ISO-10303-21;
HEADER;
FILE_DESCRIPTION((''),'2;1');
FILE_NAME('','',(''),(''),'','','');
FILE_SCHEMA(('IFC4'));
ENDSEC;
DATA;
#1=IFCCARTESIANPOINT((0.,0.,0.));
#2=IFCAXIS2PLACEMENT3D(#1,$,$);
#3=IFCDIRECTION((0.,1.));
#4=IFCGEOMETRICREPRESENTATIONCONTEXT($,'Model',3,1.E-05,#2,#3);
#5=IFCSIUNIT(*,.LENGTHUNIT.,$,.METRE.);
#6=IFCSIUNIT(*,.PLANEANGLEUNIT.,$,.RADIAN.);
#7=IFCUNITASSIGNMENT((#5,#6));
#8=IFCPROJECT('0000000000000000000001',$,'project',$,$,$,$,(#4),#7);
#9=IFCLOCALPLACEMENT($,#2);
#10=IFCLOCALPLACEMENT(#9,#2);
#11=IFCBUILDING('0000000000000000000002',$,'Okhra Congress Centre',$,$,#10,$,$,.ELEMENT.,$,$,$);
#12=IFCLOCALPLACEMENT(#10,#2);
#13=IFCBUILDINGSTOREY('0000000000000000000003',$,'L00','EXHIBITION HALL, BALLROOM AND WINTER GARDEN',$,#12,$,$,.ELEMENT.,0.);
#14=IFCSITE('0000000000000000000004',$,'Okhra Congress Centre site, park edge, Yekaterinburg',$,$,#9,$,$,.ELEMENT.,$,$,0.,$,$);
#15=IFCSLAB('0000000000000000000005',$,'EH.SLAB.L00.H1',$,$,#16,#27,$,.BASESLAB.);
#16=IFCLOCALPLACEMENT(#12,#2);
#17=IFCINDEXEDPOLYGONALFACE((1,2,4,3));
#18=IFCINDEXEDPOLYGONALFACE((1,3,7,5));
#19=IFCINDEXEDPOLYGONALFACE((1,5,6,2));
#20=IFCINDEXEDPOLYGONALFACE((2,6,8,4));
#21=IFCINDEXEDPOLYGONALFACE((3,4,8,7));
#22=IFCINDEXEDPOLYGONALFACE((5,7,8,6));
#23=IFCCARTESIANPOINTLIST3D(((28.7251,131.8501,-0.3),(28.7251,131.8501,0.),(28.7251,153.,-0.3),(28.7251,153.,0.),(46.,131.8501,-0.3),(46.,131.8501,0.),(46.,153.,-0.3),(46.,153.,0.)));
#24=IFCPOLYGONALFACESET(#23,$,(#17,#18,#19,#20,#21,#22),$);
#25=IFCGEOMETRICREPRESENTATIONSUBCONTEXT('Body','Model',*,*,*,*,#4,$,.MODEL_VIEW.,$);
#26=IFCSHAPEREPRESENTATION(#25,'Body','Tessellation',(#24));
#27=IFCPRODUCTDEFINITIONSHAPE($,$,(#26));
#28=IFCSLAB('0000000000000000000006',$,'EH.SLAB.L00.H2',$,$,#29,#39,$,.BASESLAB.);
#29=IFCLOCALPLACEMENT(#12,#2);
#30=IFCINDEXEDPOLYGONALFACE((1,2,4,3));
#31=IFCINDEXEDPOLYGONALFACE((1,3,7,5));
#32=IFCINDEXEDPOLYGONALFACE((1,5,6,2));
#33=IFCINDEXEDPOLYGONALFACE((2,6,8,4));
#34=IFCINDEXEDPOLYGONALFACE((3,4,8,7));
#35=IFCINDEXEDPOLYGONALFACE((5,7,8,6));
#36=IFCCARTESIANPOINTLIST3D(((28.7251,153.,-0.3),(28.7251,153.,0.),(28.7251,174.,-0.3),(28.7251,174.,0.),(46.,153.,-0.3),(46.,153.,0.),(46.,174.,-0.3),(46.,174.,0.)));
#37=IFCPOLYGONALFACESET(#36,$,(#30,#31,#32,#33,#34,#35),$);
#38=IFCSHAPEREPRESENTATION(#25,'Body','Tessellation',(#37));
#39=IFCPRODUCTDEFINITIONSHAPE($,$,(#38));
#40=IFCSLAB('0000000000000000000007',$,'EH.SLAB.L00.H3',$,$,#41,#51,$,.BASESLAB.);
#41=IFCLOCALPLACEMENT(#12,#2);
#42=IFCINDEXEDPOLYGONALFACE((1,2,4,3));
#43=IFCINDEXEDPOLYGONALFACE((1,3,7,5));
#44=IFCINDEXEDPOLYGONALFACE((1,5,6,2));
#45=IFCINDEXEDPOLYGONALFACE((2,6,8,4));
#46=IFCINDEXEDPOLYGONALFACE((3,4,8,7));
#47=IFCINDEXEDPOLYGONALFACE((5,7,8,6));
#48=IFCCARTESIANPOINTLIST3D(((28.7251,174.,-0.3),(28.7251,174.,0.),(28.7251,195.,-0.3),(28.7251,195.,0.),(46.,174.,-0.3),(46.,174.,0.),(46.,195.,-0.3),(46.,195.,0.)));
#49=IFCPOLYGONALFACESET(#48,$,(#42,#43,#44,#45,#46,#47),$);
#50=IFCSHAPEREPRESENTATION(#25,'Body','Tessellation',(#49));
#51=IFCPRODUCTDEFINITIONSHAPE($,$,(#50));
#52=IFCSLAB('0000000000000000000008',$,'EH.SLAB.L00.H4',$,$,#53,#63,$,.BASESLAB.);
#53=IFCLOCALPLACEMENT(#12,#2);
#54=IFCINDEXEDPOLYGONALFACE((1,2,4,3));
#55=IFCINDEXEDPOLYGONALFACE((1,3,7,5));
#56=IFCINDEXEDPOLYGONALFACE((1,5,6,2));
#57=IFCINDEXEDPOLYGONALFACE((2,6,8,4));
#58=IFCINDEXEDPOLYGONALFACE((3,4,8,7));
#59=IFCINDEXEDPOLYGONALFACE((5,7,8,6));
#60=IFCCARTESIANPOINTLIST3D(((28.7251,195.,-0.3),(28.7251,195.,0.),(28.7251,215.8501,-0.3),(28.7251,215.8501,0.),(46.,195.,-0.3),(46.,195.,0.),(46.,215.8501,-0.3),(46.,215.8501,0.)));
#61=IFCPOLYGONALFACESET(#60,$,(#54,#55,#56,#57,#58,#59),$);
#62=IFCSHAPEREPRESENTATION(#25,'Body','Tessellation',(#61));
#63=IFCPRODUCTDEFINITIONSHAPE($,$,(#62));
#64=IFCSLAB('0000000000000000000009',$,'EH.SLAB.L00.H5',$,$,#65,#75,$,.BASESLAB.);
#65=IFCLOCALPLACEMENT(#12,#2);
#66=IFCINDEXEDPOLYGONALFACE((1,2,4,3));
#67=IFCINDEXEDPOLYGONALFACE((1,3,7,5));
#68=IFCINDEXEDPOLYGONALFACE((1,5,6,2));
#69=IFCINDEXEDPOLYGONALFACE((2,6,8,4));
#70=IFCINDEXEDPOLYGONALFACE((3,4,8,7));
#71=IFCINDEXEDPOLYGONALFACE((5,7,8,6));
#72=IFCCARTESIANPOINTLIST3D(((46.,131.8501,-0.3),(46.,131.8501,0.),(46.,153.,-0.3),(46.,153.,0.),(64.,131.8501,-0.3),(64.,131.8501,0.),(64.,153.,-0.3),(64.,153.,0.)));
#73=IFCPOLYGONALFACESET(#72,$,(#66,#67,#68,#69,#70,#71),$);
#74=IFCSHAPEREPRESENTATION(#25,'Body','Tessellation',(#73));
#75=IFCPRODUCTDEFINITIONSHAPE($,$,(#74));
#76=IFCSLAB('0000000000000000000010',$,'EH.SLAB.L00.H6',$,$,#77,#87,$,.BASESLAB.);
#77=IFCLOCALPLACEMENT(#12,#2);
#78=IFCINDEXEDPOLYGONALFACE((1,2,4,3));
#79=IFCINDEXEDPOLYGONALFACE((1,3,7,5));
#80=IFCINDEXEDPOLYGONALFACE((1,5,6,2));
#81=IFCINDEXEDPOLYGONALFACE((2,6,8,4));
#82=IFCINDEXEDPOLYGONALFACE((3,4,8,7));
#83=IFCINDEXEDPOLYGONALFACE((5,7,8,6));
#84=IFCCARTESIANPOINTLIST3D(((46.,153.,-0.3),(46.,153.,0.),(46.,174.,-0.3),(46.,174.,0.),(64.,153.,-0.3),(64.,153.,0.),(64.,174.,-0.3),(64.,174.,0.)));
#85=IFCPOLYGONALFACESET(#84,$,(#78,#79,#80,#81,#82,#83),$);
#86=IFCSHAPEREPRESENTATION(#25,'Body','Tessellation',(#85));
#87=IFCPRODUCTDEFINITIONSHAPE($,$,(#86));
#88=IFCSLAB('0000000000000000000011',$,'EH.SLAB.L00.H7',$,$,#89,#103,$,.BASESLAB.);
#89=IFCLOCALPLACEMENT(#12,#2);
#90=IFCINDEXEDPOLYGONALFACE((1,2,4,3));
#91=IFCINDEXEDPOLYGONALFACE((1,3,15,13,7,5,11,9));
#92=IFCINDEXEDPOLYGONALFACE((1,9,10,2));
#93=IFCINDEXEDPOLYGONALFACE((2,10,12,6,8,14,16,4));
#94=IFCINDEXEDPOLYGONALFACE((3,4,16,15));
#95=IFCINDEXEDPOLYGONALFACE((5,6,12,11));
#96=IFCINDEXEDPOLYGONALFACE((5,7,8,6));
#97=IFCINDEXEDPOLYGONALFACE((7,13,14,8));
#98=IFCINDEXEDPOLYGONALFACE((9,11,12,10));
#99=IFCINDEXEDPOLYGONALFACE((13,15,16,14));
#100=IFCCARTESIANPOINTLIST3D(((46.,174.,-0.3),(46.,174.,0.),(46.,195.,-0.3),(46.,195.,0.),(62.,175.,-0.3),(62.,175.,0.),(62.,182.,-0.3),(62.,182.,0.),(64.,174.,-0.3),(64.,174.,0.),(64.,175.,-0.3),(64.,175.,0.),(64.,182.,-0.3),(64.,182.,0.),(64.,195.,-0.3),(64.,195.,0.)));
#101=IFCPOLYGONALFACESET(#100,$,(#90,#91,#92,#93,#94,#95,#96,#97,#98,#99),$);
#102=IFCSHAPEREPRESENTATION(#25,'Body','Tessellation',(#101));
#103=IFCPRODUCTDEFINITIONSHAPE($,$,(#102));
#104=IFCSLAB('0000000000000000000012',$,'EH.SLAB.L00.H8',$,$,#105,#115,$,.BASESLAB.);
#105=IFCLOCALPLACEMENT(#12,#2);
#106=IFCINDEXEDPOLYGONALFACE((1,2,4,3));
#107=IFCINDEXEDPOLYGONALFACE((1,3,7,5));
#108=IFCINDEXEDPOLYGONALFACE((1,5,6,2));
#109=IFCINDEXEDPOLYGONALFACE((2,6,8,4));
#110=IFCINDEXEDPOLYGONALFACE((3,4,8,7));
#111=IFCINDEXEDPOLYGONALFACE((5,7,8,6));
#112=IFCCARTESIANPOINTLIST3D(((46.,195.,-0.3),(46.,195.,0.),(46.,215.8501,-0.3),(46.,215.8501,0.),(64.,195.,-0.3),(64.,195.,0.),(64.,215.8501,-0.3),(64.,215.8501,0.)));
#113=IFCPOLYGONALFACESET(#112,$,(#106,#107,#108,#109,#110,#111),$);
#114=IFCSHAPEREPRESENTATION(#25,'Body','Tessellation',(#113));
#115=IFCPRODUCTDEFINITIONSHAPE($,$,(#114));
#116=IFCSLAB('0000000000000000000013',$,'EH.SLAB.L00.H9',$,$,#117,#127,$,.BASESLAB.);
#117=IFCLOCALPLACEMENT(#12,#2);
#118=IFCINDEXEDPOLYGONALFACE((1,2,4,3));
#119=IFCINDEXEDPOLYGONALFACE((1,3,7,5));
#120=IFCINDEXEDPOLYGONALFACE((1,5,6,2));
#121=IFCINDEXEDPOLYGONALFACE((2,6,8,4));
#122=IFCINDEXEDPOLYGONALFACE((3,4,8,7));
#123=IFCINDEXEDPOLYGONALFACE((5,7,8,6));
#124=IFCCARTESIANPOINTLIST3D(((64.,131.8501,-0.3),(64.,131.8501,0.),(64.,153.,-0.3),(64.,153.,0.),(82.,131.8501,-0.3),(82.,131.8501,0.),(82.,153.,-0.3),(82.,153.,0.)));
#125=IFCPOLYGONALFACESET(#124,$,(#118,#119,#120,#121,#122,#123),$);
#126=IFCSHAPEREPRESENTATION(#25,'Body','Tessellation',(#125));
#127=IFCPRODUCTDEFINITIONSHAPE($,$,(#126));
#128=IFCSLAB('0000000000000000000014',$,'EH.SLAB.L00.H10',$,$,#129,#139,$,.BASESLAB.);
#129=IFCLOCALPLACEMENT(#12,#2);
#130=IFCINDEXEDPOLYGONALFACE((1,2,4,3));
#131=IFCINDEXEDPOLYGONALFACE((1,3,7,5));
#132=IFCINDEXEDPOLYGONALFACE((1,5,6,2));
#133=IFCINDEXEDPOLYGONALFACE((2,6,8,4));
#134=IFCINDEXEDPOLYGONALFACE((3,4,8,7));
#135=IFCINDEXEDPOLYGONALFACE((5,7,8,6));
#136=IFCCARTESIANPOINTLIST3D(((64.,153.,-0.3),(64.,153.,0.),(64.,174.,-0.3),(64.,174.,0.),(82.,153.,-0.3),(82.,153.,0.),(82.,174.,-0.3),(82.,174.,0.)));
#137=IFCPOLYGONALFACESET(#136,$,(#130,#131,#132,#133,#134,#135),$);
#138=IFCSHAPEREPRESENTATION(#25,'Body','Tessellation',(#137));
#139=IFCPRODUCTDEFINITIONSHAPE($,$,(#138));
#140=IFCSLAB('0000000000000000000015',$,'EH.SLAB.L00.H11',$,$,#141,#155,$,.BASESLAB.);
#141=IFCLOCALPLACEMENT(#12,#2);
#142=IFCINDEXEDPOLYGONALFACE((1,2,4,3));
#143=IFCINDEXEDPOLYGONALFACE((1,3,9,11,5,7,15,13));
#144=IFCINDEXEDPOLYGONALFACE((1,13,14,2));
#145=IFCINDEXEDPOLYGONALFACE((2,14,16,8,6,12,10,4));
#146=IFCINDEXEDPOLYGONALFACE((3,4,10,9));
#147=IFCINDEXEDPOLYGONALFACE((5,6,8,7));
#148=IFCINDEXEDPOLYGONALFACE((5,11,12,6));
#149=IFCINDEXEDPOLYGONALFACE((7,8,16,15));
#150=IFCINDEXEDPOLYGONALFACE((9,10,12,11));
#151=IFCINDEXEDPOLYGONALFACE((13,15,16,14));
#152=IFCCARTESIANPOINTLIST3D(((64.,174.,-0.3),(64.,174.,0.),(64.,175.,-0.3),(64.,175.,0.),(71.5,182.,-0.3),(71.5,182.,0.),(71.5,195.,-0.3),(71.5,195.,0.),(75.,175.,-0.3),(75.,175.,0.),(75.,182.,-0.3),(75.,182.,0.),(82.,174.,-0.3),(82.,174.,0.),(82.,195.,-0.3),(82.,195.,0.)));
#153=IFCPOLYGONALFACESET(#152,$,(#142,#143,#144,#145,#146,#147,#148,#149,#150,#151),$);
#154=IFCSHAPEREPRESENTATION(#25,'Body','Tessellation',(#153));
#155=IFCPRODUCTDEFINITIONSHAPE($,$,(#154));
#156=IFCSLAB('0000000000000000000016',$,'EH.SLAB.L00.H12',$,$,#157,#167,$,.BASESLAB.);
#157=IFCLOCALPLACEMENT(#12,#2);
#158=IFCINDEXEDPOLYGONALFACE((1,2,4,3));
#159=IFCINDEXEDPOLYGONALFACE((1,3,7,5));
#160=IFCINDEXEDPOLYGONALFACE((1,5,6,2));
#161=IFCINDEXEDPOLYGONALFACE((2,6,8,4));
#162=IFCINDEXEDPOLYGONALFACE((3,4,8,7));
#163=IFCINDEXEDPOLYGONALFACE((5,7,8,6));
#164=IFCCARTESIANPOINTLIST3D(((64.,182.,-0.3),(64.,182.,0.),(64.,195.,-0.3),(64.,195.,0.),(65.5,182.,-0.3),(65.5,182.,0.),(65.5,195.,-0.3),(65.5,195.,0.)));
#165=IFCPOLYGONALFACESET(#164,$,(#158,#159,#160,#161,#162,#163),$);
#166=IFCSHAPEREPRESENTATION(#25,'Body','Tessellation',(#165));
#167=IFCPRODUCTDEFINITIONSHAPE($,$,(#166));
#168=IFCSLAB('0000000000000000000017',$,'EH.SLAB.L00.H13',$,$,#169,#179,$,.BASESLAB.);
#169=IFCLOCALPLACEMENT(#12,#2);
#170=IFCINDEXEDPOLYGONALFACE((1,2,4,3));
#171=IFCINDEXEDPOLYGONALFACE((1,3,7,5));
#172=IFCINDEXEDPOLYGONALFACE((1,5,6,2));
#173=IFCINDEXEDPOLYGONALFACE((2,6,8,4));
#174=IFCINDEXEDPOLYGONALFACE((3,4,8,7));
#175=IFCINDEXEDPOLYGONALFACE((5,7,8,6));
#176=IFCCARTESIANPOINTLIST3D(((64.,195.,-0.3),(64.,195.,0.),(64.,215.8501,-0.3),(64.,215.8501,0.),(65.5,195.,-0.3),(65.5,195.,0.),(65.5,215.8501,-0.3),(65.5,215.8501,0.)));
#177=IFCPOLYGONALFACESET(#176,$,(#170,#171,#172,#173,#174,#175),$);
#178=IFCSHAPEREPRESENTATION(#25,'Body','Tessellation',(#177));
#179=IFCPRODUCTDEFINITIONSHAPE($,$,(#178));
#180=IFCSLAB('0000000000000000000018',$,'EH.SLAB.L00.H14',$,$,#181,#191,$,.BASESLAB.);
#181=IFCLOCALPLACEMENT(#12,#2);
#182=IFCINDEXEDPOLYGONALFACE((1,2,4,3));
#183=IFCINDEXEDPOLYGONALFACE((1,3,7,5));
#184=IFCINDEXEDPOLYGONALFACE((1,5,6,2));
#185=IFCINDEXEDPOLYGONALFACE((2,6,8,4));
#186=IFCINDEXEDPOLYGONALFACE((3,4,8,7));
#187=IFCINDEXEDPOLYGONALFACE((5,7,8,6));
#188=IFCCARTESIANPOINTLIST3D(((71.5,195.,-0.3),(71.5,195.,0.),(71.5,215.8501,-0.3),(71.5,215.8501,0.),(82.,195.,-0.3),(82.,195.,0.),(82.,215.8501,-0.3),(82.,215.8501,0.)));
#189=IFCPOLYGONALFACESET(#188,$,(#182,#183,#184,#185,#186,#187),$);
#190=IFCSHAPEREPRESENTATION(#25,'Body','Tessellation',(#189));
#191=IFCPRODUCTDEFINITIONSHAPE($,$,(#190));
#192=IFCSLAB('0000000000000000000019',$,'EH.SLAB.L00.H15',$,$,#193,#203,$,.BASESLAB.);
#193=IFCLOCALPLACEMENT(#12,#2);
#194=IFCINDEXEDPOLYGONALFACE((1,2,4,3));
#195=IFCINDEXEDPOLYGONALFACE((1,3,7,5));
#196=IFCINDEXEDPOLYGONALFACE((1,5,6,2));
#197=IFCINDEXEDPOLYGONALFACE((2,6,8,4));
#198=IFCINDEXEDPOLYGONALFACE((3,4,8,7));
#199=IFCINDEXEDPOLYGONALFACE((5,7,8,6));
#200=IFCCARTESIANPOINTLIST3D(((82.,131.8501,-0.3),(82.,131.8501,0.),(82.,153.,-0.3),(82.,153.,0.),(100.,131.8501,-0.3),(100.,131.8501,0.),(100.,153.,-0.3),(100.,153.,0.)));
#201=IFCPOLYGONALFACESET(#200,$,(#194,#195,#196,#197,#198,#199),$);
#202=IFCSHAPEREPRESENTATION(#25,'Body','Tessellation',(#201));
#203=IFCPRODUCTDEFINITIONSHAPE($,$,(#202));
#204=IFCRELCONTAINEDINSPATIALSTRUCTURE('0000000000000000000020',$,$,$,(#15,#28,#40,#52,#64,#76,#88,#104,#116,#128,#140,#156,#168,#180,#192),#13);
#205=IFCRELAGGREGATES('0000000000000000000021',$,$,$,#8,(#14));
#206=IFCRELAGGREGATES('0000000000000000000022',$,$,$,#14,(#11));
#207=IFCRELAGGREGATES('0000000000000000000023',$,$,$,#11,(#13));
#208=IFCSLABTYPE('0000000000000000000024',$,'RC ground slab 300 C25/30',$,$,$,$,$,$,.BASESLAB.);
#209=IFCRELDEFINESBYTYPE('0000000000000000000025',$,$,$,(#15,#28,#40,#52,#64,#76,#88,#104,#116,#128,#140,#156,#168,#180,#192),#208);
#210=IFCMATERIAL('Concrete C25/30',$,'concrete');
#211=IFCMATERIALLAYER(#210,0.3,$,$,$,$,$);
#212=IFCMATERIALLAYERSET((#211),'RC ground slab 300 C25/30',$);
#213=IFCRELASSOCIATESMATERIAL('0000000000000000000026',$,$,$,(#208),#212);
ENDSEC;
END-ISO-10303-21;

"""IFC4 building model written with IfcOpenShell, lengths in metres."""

from ifc_helpers import new_model, si_unit, direction, frame, origin, place, context, subcontext, project, spatial, polyline, outline, extrude, material, layer, layer_set, type_object, element, save


model = new_model("IFC4")

# Units and contexts
model_context = context("Model", 3, precision=1e-05, world=origin(), true_north=direction((0.0, 1.0)))
body_context = subcontext(model_context, "Body", "Model", "MODEL_VIEW")
ifc_project = project(units=[si_unit("LENGTHUNIT", "METRE"), si_unit("PLANEANGLEUNIT", "RADIAN")], contexts=[model_context])

# Site, building, storey
site_placement = place(None, origin())
site = spatial("IfcSite", under=ifc_project, at=site_placement, Name="Okhra Congress Centre site, park edge, Yekaterinburg", CompositionType="ELEMENT", RefElevation=0.0)
building_placement = place(site_placement, origin())
building = spatial("IfcBuilding", under=site, at=building_placement, Name="Okhra Congress Centre", CompositionType="ELEMENT")
storey_placement = place(building_placement, origin())
storey = spatial("IfcBuildingStorey", under=building, at=storey_placement, Name="L00", Description="EXHIBITION HALL, BALLROOM AND WINTER GARDEN", CompositionType="ELEMENT", Elevation=0.0)

# Slabs
ifc_material_1 = material(Name="Concrete C25/30", Category="concrete")
ifc_layer_1 = layer(ifc_material_1, 0.3)
ifc_layer_set_1 = layer_set([ifc_layer_1], Name="RC ground slab 300 C25/30")
slab_type_1 = type_object("IfcSlabType", Name="RC ground slab 300 C25/30", PredefinedType="BASESLAB", material=ifc_layer_set_1)
slab_1_placement = place(storey_placement, frame((0.0, 0.0, -0.3)))
element("IfcSlab", 1, at=slab_1_placement, inside=storey, type_object=slab_type_1, Name="EH.SLAB.L00.H1", PredefinedType="BASESLAB", context=body_context, shape_type="SweptSolid", body=[
    extrude(outline(polyline([(28.7251, 131.8501), (46.0, 131.8501), (46.0, 153.0), (28.7251, 153.0), (28.7251, 131.8501)])), origin(), (0.0, 0.0, 1.0), 0.3),
])
slab_2_placement = place(storey_placement, frame((0.0, 0.0, -0.3)))
element("IfcSlab", 2, at=slab_2_placement, inside=storey, type_object=slab_type_1, Name="EH.SLAB.L00.H2", PredefinedType="BASESLAB", context=body_context, shape_type="SweptSolid", body=[
    extrude(outline(polyline([(28.7251, 153.0), (46.0, 153.0), (46.0, 174.0), (28.7251, 174.0), (28.7251, 153.0)])), origin(), (0.0, 0.0, 1.0), 0.3),
])
slab_3_placement = place(storey_placement, frame((0.0, 0.0, -0.3)))
element("IfcSlab", 3, at=slab_3_placement, inside=storey, type_object=slab_type_1, Name="EH.SLAB.L00.H3", PredefinedType="BASESLAB", context=body_context, shape_type="SweptSolid", body=[
    extrude(outline(polyline([(28.7251, 174.0), (46.0, 174.0), (46.0, 195.0), (28.7251, 195.0), (28.7251, 174.0)])), origin(), (0.0, 0.0, 1.0), 0.3),
])
slab_4_placement = place(storey_placement, frame((0.0, 0.0, -0.3)))
element("IfcSlab", 4, at=slab_4_placement, inside=storey, type_object=slab_type_1, Name="EH.SLAB.L00.H4", PredefinedType="BASESLAB", context=body_context, shape_type="SweptSolid", body=[
    extrude(outline(polyline([(28.7251, 195.0), (46.0, 195.0), (46.0, 215.8501), (28.7251, 215.8501), (28.7251, 195.0)])), origin(), (0.0, 0.0, 1.0), 0.3),
])
slab_5_placement = place(storey_placement, frame((0.0, 0.0, -0.3)))
element("IfcSlab", 5, at=slab_5_placement, inside=storey, type_object=slab_type_1, Name="EH.SLAB.L00.H5", PredefinedType="BASESLAB", context=body_context, shape_type="SweptSolid", body=[
    extrude(outline(polyline([(46.0, 131.8501), (64.0, 131.8501), (64.0, 153.0), (46.0, 153.0), (46.0, 131.8501)])), origin(), (0.0, 0.0, 1.0), 0.3),
])
slab_6_placement = place(storey_placement, frame((0.0, 0.0, -0.3)))
element("IfcSlab", 6, at=slab_6_placement, inside=storey, type_object=slab_type_1, Name="EH.SLAB.L00.H6", PredefinedType="BASESLAB", context=body_context, shape_type="SweptSolid", body=[
    extrude(outline(polyline([(46.0, 153.0), (64.0, 153.0), (64.0, 174.0), (46.0, 174.0), (46.0, 153.0)])), origin(), (0.0, 0.0, 1.0), 0.3),
])
slab_7_placement = place(storey_placement, frame((0.0, 0.0, -0.3)))
element("IfcSlab", 7, at=slab_7_placement, inside=storey, type_object=slab_type_1, Name="EH.SLAB.L00.H7", PredefinedType="BASESLAB", context=body_context, shape_type="SweptSolid", body=[
    extrude(outline(polyline([(64.0, 175.0), (62.0, 175.0), (62.0, 182.0), (64.0, 182.0), (64.0, 195.0), (46.0, 195.0), (46.0, 174.0), (64.0, 174.0), (64.0, 175.0)])), origin(), (0.0, 0.0, 1.0), 0.3),
])
slab_8_placement = place(storey_placement, frame((0.0, 0.0, -0.3)))
element("IfcSlab", 8, at=slab_8_placement, inside=storey, type_object=slab_type_1, Name="EH.SLAB.L00.H8", PredefinedType="BASESLAB", context=body_context, shape_type="SweptSolid", body=[
    extrude(outline(polyline([(46.0, 195.0), (64.0, 195.0), (64.0, 215.8501), (46.0, 215.8501), (46.0, 195.0)])), origin(), (0.0, 0.0, 1.0), 0.3),
])
slab_9_placement = place(storey_placement, frame((0.0, 0.0, -0.3)))
element("IfcSlab", 9, at=slab_9_placement, inside=storey, type_object=slab_type_1, Name="EH.SLAB.L00.H9", PredefinedType="BASESLAB", context=body_context, shape_type="SweptSolid", body=[
    extrude(outline(polyline([(64.0, 131.8501), (82.0, 131.8501), (82.0, 153.0), (64.0, 153.0), (64.0, 131.8501)])), origin(), (0.0, 0.0, 1.0), 0.3),
])
slab_10_placement = place(storey_placement, frame((0.0, 0.0, -0.3)))
element("IfcSlab", 10, at=slab_10_placement, inside=storey, type_object=slab_type_1, Name="EH.SLAB.L00.H10", PredefinedType="BASESLAB", context=body_context, shape_type="SweptSolid", body=[
    extrude(outline(polyline([(64.0, 153.0), (82.0, 153.0), (82.0, 174.0), (64.0, 174.0), (64.0, 153.0)])), origin(), (0.0, 0.0, 1.0), 0.3),
])
slab_11_placement = place(storey_placement, frame((0.0, 0.0, -0.3)))
element("IfcSlab", 11, at=slab_11_placement, inside=storey, type_object=slab_type_1, Name="EH.SLAB.L00.H11", PredefinedType="BASESLAB", context=body_context, shape_type="SweptSolid", body=[
    extrude(outline(polyline([(71.5, 195.0), (71.5, 182.0), (75.0, 182.0), (75.0, 175.0), (64.0, 175.0), (64.0, 174.0), (82.0, 174.0), (82.0, 195.0), (71.5, 195.0)])), origin(), (0.0, 0.0, 1.0), 0.3),
])
slab_12_placement = place(storey_placement, frame((0.0, 0.0, -0.3)))
element("IfcSlab", 12, at=slab_12_placement, inside=storey, type_object=slab_type_1, Name="EH.SLAB.L00.H12", PredefinedType="BASESLAB", context=body_context, shape_type="SweptSolid", body=[
    extrude(outline(polyline([(64.0, 182.0), (65.5, 182.0), (65.5, 195.0), (64.0, 195.0), (64.0, 182.0)])), origin(), (0.0, 0.0, 1.0), 0.3),
])
slab_13_placement = place(storey_placement, frame((0.0, 0.0, -0.3)))
element("IfcSlab", 13, at=slab_13_placement, inside=storey, type_object=slab_type_1, Name="EH.SLAB.L00.H13", PredefinedType="BASESLAB", context=body_context, shape_type="SweptSolid", body=[
    extrude(outline(polyline([(65.5, 195.0), (65.5, 215.8501), (64.0, 215.8501), (64.0, 195.0), (65.5, 195.0)])), origin(), (0.0, 0.0, 1.0), 0.3),
])
slab_14_placement = place(storey_placement, frame((0.0, 0.0, -0.3)))
element("IfcSlab", 14, at=slab_14_placement, inside=storey, type_object=slab_type_1, Name="EH.SLAB.L00.H14", PredefinedType="BASESLAB", context=body_context, shape_type="SweptSolid", body=[
    extrude(outline(polyline([(71.5, 215.8501), (71.5, 195.0), (82.0, 195.0), (82.0, 215.8501), (71.5, 215.8501)])), origin(), (0.0, 0.0, 1.0), 0.3),
])
slab_15_placement = place(storey_placement, frame((0.0, 0.0, -0.3)))
element("IfcSlab", 15, at=slab_15_placement, inside=storey, type_object=slab_type_1, Name="EH.SLAB.L00.H15", PredefinedType="BASESLAB", context=body_context, shape_type="SweptSolid", body=[
    extrude(outline(polyline([(82.0, 131.8501), (100.0, 131.8501), (100.0, 153.0), (82.0, 153.0), (82.0, 131.8501)])), origin(), (0.0, 0.0, 1.0), 0.3),
])

save(model, "model.ifc")
